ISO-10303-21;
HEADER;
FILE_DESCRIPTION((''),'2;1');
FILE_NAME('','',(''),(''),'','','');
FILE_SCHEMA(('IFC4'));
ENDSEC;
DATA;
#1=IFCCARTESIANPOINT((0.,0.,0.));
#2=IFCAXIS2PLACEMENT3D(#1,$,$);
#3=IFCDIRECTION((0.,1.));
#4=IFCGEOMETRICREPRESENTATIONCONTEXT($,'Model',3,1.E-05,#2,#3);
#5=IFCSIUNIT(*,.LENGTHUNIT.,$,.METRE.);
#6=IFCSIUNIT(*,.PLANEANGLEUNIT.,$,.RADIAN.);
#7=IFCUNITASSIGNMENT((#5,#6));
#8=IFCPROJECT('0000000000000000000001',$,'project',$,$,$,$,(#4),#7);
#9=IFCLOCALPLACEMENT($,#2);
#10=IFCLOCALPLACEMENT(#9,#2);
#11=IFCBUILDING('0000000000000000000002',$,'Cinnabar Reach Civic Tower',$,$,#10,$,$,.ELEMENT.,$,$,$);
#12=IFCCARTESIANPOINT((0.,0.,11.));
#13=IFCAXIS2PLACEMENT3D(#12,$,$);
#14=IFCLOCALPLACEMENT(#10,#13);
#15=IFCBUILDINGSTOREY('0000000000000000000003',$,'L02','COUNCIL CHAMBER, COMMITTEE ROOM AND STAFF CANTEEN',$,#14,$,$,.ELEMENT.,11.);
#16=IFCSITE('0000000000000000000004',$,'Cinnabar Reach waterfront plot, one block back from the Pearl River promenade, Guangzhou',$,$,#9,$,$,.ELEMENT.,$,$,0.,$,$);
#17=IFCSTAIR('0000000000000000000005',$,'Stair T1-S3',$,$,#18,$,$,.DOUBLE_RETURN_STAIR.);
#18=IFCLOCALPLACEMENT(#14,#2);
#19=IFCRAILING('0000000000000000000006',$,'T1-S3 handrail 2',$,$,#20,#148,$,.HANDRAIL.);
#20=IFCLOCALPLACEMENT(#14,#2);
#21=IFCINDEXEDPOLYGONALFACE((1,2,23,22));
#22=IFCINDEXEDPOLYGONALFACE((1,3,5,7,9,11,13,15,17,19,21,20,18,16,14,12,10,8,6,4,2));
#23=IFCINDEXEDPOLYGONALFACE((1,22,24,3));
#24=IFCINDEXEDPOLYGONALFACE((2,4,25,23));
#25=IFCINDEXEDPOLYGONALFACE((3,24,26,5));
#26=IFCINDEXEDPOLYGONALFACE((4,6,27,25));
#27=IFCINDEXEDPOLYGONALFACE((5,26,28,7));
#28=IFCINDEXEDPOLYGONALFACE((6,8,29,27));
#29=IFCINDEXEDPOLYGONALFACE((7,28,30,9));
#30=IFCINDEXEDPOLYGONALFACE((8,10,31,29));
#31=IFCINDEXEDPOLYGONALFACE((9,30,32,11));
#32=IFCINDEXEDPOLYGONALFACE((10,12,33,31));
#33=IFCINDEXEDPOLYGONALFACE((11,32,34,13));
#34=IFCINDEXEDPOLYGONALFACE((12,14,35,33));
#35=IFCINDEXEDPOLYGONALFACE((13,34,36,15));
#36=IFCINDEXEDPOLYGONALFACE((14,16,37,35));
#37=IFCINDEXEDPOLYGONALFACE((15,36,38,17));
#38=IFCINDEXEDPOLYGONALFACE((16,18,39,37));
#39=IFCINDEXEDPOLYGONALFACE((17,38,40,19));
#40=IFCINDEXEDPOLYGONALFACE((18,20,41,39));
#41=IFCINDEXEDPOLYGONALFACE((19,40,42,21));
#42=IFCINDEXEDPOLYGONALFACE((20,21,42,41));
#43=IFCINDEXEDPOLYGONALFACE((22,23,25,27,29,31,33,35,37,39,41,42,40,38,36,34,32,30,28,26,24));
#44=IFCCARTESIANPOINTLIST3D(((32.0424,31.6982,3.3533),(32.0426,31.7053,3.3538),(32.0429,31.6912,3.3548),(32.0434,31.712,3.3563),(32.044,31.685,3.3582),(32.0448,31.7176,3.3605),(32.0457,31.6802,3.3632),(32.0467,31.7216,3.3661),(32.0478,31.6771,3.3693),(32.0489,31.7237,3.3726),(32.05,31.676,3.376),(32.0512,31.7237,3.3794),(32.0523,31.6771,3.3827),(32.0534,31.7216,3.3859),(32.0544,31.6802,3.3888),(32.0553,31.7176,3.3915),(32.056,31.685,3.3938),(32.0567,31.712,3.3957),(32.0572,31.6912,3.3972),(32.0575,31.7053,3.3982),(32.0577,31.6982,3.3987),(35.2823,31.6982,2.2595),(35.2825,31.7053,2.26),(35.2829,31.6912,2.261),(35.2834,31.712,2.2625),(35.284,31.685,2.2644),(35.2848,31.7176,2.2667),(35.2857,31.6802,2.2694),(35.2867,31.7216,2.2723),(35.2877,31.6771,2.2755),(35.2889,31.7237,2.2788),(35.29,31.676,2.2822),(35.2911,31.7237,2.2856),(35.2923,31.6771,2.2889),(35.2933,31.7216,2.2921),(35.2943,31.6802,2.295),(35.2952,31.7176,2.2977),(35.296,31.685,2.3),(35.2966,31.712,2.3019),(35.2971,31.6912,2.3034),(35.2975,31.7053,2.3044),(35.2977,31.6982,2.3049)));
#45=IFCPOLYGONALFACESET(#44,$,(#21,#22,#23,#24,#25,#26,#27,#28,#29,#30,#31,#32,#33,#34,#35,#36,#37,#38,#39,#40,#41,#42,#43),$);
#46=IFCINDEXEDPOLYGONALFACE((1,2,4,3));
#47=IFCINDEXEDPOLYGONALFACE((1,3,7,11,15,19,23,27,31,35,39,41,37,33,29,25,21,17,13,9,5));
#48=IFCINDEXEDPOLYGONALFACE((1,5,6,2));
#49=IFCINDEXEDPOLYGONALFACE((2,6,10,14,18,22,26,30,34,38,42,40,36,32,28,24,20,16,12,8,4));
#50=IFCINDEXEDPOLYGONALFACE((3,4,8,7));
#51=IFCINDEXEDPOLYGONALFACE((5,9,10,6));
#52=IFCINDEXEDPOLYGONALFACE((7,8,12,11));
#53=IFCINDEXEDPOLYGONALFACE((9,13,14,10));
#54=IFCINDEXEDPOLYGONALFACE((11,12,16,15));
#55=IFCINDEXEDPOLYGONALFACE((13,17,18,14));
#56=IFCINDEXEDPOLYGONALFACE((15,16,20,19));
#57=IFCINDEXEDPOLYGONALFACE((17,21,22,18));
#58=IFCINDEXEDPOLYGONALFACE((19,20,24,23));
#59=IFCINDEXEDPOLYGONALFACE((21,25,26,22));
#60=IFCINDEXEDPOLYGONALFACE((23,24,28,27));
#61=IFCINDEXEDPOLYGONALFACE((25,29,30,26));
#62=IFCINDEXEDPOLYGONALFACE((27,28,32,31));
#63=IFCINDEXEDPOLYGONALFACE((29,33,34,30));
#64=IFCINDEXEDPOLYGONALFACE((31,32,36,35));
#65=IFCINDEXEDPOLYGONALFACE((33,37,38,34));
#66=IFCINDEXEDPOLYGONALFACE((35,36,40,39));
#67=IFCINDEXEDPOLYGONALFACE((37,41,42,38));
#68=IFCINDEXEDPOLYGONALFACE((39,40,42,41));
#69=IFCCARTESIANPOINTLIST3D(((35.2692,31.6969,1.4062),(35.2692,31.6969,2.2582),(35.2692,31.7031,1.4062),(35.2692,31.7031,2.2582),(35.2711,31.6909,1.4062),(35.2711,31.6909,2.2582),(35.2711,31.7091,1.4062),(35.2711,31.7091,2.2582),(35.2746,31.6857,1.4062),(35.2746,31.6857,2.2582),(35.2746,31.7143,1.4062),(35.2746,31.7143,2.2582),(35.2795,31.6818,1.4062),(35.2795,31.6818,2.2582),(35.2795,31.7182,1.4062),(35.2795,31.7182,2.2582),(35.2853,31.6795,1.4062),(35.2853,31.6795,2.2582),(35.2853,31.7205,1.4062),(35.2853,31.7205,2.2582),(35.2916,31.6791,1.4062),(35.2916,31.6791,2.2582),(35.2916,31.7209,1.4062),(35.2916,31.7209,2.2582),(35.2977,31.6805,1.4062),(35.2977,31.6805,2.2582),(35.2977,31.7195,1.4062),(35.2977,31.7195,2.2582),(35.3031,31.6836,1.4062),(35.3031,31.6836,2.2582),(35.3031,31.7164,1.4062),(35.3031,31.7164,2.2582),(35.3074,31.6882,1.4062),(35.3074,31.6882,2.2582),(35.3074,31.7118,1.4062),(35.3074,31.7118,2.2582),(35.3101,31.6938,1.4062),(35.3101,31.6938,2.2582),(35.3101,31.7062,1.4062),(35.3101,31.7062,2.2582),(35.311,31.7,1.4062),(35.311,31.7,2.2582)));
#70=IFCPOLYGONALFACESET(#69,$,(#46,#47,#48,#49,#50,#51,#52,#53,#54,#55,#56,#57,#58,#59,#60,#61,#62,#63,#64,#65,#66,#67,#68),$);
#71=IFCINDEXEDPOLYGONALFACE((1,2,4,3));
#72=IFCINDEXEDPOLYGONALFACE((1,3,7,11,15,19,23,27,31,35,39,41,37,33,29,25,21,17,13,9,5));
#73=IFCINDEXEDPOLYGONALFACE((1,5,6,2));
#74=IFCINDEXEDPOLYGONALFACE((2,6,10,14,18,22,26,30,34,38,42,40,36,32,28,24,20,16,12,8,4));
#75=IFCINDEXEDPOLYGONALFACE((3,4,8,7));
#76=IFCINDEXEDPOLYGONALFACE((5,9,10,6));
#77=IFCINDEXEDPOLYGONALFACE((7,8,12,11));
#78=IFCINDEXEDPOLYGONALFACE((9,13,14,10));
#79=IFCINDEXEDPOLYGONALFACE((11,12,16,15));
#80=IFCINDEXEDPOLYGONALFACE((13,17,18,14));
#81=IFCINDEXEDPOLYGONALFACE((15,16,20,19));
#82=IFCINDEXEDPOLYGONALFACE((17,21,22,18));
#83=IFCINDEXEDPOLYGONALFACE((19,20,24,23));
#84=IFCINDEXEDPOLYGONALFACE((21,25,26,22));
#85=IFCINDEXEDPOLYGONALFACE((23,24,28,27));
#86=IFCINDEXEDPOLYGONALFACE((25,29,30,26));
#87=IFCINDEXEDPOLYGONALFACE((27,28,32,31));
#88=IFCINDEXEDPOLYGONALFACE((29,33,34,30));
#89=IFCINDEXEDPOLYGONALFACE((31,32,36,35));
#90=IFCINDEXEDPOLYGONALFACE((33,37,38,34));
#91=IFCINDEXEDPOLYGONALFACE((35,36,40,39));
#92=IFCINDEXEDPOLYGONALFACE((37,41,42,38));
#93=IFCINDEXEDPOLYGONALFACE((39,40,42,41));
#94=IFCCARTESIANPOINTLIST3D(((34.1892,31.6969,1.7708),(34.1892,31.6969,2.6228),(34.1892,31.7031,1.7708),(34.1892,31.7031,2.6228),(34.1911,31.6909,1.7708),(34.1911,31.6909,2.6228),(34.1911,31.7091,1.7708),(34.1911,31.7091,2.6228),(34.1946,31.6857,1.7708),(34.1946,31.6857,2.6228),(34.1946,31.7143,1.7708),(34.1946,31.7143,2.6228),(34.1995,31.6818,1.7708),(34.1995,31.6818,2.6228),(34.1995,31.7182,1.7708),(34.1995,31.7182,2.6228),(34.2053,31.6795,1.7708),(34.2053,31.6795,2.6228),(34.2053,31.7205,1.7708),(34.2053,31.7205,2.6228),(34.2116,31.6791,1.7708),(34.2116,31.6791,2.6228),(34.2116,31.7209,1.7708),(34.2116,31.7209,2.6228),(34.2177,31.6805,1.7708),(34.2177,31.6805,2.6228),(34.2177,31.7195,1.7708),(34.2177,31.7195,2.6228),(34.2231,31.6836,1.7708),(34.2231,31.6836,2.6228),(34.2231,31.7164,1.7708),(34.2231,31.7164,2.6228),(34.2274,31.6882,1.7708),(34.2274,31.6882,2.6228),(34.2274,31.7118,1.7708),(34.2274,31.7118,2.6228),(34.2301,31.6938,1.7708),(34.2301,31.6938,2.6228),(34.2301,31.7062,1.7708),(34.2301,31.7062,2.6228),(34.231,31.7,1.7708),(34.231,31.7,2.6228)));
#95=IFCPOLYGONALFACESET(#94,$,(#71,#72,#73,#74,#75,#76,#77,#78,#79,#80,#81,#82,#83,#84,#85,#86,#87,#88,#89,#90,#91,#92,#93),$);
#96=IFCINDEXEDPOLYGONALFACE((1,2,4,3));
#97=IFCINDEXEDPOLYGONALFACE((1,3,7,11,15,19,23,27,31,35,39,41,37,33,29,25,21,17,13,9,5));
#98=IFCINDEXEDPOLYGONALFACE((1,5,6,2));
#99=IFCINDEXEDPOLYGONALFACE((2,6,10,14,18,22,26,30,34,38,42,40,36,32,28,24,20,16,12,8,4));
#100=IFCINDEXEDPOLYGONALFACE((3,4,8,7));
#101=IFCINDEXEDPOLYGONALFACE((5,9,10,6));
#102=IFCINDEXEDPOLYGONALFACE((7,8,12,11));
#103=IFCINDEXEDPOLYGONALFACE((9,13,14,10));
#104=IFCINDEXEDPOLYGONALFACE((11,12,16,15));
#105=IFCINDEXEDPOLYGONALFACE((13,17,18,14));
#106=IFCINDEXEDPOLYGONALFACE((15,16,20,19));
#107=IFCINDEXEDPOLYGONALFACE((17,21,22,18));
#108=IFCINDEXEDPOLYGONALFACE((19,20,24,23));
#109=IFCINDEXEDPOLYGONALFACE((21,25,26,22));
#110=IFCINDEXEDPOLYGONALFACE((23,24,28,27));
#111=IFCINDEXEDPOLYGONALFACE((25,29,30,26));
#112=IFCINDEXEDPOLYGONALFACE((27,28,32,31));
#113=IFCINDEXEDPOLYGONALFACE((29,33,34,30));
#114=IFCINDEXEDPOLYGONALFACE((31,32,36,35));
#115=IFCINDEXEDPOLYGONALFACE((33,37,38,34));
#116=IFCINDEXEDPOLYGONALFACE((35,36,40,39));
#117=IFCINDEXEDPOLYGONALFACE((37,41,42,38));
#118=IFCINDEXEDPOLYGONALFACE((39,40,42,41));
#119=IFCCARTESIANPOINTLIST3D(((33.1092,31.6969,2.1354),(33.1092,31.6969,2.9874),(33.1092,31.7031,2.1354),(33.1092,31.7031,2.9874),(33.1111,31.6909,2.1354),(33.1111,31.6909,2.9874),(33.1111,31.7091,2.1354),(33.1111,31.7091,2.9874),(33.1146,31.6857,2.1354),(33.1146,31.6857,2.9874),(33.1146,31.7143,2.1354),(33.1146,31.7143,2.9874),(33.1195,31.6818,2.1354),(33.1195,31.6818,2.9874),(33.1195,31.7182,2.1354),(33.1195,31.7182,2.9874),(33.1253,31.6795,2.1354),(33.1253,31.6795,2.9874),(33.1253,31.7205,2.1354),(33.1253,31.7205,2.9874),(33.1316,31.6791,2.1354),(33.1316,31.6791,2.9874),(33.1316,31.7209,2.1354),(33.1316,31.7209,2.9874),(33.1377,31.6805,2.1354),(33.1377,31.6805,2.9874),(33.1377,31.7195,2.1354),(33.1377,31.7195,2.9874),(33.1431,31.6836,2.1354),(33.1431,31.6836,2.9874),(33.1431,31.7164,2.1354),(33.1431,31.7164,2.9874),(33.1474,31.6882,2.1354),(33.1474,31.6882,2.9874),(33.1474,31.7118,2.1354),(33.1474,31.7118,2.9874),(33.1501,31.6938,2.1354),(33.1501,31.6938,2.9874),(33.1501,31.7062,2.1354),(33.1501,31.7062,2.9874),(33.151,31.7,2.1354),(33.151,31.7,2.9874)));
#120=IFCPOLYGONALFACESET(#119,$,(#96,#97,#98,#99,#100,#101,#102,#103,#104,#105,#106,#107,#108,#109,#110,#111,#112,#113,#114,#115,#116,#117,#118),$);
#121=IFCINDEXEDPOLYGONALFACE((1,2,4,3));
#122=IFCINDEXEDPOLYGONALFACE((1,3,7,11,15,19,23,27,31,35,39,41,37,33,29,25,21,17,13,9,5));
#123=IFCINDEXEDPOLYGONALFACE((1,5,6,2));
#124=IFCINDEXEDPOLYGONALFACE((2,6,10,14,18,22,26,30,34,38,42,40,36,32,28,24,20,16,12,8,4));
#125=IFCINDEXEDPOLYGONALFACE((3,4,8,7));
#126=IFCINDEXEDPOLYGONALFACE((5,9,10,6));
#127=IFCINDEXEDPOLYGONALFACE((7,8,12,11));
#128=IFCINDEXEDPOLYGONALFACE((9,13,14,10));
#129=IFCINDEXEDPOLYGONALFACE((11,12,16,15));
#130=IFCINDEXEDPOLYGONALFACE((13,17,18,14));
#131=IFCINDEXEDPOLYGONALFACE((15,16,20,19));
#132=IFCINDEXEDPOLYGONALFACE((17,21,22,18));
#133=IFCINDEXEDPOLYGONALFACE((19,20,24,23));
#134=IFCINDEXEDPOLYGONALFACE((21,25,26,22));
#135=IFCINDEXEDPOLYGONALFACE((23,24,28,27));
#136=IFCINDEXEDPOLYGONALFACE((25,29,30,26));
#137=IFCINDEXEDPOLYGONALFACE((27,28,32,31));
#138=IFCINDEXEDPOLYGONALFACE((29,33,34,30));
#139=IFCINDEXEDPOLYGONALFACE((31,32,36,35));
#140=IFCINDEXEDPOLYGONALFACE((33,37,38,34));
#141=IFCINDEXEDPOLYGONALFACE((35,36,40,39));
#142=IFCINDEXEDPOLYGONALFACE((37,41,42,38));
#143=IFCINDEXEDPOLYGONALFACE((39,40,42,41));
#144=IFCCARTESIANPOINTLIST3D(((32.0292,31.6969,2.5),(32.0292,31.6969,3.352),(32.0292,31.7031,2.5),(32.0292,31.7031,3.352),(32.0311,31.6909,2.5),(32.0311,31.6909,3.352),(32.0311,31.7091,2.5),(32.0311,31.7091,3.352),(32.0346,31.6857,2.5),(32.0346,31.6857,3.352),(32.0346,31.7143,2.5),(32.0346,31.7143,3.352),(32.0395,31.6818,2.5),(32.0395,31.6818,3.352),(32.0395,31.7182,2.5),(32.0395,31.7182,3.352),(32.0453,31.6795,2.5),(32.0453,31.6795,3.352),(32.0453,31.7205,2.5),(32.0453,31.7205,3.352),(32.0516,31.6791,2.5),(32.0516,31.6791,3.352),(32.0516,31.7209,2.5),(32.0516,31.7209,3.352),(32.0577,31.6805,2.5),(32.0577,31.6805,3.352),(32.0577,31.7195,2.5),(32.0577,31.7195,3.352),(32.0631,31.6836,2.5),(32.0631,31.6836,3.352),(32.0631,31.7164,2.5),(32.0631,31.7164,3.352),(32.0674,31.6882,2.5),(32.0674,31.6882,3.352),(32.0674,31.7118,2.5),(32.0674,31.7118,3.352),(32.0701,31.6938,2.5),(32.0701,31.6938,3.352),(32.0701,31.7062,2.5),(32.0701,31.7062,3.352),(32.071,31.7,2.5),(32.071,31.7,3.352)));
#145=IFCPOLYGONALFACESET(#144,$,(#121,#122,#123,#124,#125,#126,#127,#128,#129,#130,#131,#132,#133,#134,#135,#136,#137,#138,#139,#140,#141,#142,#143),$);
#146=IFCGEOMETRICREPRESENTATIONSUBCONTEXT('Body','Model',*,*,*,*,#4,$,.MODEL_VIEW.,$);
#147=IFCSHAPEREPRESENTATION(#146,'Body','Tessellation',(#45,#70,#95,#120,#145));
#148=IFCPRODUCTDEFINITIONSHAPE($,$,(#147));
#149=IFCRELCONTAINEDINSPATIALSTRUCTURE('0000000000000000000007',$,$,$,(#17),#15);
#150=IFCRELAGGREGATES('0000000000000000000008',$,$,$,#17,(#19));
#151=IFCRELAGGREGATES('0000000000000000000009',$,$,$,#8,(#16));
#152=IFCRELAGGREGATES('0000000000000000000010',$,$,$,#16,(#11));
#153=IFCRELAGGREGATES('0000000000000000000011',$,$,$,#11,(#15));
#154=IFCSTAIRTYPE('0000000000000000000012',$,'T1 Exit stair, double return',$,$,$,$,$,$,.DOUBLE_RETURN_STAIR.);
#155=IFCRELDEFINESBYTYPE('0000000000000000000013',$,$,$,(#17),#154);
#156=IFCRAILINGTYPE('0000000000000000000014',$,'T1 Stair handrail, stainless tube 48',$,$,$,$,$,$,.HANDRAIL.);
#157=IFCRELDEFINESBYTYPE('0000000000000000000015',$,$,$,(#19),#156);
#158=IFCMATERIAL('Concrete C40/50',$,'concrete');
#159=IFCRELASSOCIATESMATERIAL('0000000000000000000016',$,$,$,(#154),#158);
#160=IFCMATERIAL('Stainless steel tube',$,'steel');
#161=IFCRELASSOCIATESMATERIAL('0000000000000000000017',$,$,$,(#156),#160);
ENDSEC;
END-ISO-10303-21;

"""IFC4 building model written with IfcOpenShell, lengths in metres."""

from ifc_helpers import new_model, si_unit, direction, frame, origin, origin_2d, place, context, subcontext, project, spatial, circle, extrude, material, type_object, element, aggregate, save


model = new_model("IFC4")

# Units and contexts
model_context = context("Model", 3, precision=1e-05, world=origin(), true_north=direction((0.0, 1.0)))
body_context = subcontext(model_context, "Body", "Model", "MODEL_VIEW")
ifc_project = project(units=[si_unit("LENGTHUNIT", "METRE"), si_unit("PLANEANGLEUNIT", "RADIAN")], contexts=[model_context])

# Site, building, storey
site_placement = place(None, origin())
site = spatial("IfcSite", under=ifc_project, at=site_placement, Name="Cinnabar Reach waterfront plot, one block back from the Pearl River promenade, Guangzhou", CompositionType="ELEMENT", RefElevation=0.0)
building_placement = place(site_placement, origin())
building = spatial("IfcBuilding", under=site, at=building_placement, Name="Cinnabar Reach Civic Tower", CompositionType="ELEMENT")
storey_placement = place(building_placement, frame((0.0, 0.0, 11.0)))
storey = spatial("IfcBuildingStorey", under=building, at=storey_placement, Name="L02", Description="COUNCIL CHAMBER, COMMITTEE ROOM AND STAFF CANTEEN", CompositionType="ELEMENT", Elevation=11.0)

# Stair, railing
ifc_material_1 = material(Name="Concrete C40/50", Category="concrete")
stair_type = type_object("IfcStairType", Name="T1 Exit stair, double return", PredefinedType="DOUBLE_RETURN_STAIR", material=ifc_material_1)
stair_placement = place(storey_placement, origin())
stair = element("IfcStair", 1, at=stair_placement, inside=storey, type_object=stair_type, Name="Stair T1-S3", PredefinedType="DOUBLE_RETURN_STAIR")
ifc_material_2 = material(Name="Stainless steel tube", Category="steel")
railing_type = type_object("IfcRailingType", Name="T1 Stair handrail, stainless tube 48", PredefinedType="HANDRAIL", material=ifc_material_2)
railing_1_placement = place(storey_placement, frame((35.29, 31.7, 1.4062)))
railing_1 = element("IfcRailing", 2, at=railing_1_placement, type_object=railing_type, Name="T1-S3 handrail 2", PredefinedType="HANDRAIL", context=body_context, shape_type="SweptSolid", body=[
    extrude(circle(Radius=0.024, at=origin_2d()), frame((0.0, 0.0, 0.876), z_axis=(-0.947466, 0.0, 0.319857), x_axis=(0.0, -1.0, 0.0)), (0.0, 0.0, 1.0), 3.4196),
    extrude(circle(Radius=0.021, at=origin_2d()), origin(), (0.0, 0.0, 1.0), 0.852),
    extrude(circle(Radius=0.021, at=origin_2d()), frame((-1.08, 0.0, 0.3646)), (0.0, 0.0, 1.0), 0.852),
    extrude(circle(Radius=0.021, at=origin_2d()), frame((-2.16, 0.0, 0.7292)), (0.0, 0.0, 1.0), 0.852),
    extrude(circle(Radius=0.021, at=origin_2d()), frame((-3.24, 0.0, 1.0938)), (0.0, 0.0, 1.0), 0.852),
])
aggregate(stair, [railing_1])

save(model, "model.ifc")
